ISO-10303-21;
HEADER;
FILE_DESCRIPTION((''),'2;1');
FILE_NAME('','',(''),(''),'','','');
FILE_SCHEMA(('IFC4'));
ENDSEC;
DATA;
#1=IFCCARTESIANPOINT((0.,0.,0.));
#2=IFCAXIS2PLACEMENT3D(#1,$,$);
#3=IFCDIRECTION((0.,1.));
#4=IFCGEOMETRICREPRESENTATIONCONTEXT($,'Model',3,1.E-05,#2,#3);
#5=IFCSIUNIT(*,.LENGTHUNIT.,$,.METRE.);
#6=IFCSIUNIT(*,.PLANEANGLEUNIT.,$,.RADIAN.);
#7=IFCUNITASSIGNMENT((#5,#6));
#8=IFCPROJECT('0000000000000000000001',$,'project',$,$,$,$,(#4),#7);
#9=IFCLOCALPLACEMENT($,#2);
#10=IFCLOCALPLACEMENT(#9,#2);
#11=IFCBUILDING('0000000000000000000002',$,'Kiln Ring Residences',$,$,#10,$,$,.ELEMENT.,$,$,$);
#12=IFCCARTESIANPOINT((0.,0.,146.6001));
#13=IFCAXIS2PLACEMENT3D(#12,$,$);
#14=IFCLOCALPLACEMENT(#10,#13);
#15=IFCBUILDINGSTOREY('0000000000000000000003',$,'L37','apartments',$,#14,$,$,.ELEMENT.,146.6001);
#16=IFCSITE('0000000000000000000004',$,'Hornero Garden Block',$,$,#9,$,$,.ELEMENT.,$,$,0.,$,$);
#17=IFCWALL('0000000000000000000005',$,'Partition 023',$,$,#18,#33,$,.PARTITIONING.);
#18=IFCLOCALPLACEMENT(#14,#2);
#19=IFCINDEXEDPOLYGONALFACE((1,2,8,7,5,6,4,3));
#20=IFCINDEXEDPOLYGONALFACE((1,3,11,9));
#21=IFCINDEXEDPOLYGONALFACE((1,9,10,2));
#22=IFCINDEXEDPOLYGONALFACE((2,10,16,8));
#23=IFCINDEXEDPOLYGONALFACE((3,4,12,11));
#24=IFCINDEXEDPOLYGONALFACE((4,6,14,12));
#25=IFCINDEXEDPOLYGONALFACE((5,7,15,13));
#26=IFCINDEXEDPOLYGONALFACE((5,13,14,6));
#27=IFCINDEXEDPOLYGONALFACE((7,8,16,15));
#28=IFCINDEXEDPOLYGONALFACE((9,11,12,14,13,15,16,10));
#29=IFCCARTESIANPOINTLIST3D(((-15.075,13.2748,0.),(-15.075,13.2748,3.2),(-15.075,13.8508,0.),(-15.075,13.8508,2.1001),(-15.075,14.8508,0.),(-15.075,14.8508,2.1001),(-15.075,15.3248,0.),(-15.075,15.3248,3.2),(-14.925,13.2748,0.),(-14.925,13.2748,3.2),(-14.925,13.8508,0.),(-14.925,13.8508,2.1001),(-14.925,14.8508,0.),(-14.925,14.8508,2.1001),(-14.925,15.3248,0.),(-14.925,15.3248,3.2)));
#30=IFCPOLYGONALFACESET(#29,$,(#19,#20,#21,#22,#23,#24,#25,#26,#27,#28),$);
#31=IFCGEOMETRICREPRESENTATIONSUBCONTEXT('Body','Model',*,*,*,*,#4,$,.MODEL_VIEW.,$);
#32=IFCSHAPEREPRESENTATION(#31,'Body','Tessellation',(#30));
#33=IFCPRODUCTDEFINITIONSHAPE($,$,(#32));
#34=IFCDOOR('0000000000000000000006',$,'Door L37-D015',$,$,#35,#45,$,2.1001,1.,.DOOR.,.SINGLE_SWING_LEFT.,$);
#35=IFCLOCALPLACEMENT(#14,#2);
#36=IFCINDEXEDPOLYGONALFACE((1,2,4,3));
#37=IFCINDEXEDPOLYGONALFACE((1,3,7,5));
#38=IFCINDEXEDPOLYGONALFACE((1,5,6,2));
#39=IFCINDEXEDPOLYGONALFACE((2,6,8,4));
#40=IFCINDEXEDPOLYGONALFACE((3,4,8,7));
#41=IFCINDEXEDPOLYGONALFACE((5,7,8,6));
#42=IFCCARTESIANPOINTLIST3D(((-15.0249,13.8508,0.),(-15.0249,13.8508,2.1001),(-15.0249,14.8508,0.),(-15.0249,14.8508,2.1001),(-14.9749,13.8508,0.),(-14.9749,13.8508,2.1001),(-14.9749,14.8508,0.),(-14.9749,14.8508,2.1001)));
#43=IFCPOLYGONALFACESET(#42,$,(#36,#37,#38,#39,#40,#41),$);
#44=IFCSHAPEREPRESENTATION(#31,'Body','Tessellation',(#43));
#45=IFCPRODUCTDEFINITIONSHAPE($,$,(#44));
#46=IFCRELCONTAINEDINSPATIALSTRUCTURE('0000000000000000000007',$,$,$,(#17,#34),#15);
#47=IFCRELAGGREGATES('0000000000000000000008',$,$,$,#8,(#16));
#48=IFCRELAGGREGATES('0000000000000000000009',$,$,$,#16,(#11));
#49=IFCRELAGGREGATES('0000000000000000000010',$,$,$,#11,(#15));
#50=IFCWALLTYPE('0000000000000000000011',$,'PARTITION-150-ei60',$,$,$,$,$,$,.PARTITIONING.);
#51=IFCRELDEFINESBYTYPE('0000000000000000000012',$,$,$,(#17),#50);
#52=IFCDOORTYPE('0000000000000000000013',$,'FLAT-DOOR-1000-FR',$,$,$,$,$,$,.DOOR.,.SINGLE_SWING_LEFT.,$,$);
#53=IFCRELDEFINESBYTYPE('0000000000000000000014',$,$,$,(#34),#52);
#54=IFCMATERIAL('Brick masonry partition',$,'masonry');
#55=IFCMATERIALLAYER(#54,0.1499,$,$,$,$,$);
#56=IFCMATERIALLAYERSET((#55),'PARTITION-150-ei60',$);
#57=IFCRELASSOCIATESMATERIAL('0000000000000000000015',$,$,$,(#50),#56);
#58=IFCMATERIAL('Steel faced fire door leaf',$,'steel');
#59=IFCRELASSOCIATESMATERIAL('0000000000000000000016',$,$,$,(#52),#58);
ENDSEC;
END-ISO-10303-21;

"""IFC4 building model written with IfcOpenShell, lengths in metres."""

from ifc_helpers import new_model, si_unit, direction, frame, frame_2d, origin, place, context, subcontext, project, spatial, rectangle, extrude, material, layer, layer_set, type_object, element, fill, save


model = new_model("IFC4")

# Units and contexts
model_context = context("Model", 3, precision=1e-05, world=origin(), true_north=direction((0.0, 1.0)))
body_context = subcontext(model_context, "Body", "Model", "MODEL_VIEW")
ifc_project = project(units=[si_unit("LENGTHUNIT", "METRE"), si_unit("PLANEANGLEUNIT", "RADIAN")], contexts=[model_context])

# Site, building, storey
site_placement = place(None, origin())
site = spatial("IfcSite", under=ifc_project, at=site_placement, Name="Hornero Garden Block", CompositionType="ELEMENT", RefElevation=0.0)
building_placement = place(site_placement, origin())
building = spatial("IfcBuilding", under=site, at=building_placement, Name="Kiln Ring Residences", CompositionType="ELEMENT")
storey_placement = place(building_placement, frame((0.0, 0.0, 146.6001)))
storey = spatial("IfcBuildingStorey", under=building, at=storey_placement, Name="L37", Description="apartments", CompositionType="ELEMENT", Elevation=146.6001)

# Shared definitions
ifc_material_1 = material(Name="Brick masonry partition", Category="masonry")
ifc_layer_1 = layer(ifc_material_1, 0.1499)
ifc_layer_set_1 = layer_set([ifc_layer_1], Name="PARTITION-150-ei60")
wall_type_1 = type_object("IfcWallType", Name="PARTITION-150-ei60", PredefinedType="PARTITIONING", material=ifc_layer_set_1)
ifc_material_2 = material(Name="Steel faced fire door leaf", Category="steel")
door_type_1 = type_object("IfcDoorType", Name="FLAT-DOOR-1000-FR", OperationType="SINGLE_SWING_LEFT", PredefinedType="DOOR", material=ifc_material_2)

# Wall, opening, door
wall_1_placement = place(storey_placement, frame((-15.0, 13.2749, 0.0), z_axis=(0.0, 0.0, 1.0), x_axis=(0.0, 1.0, 0.0)))
wall_1 = element("IfcWall", 1, at=wall_1_placement, inside=storey, type_object=wall_type_1, Name="Partition 023", PredefinedType="PARTITIONING", context=body_context, shape_type="SweptSolid", body=[
    extrude(rectangle(XDim=2.05, YDim=0.1499, at=frame_2d((1.0249, 0.0))), origin(), (0.0, 0.0, 1.0), 3.2),
])
opening_1_placement = place(wall_1_placement, frame((0.5759, 0.0, 0.0)))
opening_1 = element("IfcOpeningElement", 2, at=opening_1_placement, cuts=wall_1, PredefinedType="OPENING", context=body_context, shape_type="SweptSolid", body=[
    extrude(rectangle(XDim=1.0, YDim=2.1001, at=frame_2d((0.5, 1.05))), frame((0.0, 0.085, 0.0), z_axis=(0.0, -1.0, 0.0), x_axis=(1.0, 0.0, 0.0)), (0.0, 0.0, 1.0), 0.1699),
])
door_1_placement = place(opening_1_placement, origin())
door_1 = element("IfcDoor", 3, at=door_1_placement, inside=storey, type_object=door_type_1, Name="Door L37-D015", OperationType="SINGLE_SWING_LEFT", OverallHeight=2.1001, OverallWidth=1.0, PredefinedType="DOOR", context=body_context, shape_type="SweptSolid", body=[
    extrude(rectangle(XDim=1.0, YDim=2.1001, at=frame_2d((0.5, 1.05))), frame((0.0, 0.0249, 0.0), z_axis=(0.0, -1.0, 0.0), x_axis=(1.0, 0.0, 0.0)), (0.0, 0.0, 1.0), 0.05),
])
fill(opening_1, door_1)

save(model, "model.ifc")
